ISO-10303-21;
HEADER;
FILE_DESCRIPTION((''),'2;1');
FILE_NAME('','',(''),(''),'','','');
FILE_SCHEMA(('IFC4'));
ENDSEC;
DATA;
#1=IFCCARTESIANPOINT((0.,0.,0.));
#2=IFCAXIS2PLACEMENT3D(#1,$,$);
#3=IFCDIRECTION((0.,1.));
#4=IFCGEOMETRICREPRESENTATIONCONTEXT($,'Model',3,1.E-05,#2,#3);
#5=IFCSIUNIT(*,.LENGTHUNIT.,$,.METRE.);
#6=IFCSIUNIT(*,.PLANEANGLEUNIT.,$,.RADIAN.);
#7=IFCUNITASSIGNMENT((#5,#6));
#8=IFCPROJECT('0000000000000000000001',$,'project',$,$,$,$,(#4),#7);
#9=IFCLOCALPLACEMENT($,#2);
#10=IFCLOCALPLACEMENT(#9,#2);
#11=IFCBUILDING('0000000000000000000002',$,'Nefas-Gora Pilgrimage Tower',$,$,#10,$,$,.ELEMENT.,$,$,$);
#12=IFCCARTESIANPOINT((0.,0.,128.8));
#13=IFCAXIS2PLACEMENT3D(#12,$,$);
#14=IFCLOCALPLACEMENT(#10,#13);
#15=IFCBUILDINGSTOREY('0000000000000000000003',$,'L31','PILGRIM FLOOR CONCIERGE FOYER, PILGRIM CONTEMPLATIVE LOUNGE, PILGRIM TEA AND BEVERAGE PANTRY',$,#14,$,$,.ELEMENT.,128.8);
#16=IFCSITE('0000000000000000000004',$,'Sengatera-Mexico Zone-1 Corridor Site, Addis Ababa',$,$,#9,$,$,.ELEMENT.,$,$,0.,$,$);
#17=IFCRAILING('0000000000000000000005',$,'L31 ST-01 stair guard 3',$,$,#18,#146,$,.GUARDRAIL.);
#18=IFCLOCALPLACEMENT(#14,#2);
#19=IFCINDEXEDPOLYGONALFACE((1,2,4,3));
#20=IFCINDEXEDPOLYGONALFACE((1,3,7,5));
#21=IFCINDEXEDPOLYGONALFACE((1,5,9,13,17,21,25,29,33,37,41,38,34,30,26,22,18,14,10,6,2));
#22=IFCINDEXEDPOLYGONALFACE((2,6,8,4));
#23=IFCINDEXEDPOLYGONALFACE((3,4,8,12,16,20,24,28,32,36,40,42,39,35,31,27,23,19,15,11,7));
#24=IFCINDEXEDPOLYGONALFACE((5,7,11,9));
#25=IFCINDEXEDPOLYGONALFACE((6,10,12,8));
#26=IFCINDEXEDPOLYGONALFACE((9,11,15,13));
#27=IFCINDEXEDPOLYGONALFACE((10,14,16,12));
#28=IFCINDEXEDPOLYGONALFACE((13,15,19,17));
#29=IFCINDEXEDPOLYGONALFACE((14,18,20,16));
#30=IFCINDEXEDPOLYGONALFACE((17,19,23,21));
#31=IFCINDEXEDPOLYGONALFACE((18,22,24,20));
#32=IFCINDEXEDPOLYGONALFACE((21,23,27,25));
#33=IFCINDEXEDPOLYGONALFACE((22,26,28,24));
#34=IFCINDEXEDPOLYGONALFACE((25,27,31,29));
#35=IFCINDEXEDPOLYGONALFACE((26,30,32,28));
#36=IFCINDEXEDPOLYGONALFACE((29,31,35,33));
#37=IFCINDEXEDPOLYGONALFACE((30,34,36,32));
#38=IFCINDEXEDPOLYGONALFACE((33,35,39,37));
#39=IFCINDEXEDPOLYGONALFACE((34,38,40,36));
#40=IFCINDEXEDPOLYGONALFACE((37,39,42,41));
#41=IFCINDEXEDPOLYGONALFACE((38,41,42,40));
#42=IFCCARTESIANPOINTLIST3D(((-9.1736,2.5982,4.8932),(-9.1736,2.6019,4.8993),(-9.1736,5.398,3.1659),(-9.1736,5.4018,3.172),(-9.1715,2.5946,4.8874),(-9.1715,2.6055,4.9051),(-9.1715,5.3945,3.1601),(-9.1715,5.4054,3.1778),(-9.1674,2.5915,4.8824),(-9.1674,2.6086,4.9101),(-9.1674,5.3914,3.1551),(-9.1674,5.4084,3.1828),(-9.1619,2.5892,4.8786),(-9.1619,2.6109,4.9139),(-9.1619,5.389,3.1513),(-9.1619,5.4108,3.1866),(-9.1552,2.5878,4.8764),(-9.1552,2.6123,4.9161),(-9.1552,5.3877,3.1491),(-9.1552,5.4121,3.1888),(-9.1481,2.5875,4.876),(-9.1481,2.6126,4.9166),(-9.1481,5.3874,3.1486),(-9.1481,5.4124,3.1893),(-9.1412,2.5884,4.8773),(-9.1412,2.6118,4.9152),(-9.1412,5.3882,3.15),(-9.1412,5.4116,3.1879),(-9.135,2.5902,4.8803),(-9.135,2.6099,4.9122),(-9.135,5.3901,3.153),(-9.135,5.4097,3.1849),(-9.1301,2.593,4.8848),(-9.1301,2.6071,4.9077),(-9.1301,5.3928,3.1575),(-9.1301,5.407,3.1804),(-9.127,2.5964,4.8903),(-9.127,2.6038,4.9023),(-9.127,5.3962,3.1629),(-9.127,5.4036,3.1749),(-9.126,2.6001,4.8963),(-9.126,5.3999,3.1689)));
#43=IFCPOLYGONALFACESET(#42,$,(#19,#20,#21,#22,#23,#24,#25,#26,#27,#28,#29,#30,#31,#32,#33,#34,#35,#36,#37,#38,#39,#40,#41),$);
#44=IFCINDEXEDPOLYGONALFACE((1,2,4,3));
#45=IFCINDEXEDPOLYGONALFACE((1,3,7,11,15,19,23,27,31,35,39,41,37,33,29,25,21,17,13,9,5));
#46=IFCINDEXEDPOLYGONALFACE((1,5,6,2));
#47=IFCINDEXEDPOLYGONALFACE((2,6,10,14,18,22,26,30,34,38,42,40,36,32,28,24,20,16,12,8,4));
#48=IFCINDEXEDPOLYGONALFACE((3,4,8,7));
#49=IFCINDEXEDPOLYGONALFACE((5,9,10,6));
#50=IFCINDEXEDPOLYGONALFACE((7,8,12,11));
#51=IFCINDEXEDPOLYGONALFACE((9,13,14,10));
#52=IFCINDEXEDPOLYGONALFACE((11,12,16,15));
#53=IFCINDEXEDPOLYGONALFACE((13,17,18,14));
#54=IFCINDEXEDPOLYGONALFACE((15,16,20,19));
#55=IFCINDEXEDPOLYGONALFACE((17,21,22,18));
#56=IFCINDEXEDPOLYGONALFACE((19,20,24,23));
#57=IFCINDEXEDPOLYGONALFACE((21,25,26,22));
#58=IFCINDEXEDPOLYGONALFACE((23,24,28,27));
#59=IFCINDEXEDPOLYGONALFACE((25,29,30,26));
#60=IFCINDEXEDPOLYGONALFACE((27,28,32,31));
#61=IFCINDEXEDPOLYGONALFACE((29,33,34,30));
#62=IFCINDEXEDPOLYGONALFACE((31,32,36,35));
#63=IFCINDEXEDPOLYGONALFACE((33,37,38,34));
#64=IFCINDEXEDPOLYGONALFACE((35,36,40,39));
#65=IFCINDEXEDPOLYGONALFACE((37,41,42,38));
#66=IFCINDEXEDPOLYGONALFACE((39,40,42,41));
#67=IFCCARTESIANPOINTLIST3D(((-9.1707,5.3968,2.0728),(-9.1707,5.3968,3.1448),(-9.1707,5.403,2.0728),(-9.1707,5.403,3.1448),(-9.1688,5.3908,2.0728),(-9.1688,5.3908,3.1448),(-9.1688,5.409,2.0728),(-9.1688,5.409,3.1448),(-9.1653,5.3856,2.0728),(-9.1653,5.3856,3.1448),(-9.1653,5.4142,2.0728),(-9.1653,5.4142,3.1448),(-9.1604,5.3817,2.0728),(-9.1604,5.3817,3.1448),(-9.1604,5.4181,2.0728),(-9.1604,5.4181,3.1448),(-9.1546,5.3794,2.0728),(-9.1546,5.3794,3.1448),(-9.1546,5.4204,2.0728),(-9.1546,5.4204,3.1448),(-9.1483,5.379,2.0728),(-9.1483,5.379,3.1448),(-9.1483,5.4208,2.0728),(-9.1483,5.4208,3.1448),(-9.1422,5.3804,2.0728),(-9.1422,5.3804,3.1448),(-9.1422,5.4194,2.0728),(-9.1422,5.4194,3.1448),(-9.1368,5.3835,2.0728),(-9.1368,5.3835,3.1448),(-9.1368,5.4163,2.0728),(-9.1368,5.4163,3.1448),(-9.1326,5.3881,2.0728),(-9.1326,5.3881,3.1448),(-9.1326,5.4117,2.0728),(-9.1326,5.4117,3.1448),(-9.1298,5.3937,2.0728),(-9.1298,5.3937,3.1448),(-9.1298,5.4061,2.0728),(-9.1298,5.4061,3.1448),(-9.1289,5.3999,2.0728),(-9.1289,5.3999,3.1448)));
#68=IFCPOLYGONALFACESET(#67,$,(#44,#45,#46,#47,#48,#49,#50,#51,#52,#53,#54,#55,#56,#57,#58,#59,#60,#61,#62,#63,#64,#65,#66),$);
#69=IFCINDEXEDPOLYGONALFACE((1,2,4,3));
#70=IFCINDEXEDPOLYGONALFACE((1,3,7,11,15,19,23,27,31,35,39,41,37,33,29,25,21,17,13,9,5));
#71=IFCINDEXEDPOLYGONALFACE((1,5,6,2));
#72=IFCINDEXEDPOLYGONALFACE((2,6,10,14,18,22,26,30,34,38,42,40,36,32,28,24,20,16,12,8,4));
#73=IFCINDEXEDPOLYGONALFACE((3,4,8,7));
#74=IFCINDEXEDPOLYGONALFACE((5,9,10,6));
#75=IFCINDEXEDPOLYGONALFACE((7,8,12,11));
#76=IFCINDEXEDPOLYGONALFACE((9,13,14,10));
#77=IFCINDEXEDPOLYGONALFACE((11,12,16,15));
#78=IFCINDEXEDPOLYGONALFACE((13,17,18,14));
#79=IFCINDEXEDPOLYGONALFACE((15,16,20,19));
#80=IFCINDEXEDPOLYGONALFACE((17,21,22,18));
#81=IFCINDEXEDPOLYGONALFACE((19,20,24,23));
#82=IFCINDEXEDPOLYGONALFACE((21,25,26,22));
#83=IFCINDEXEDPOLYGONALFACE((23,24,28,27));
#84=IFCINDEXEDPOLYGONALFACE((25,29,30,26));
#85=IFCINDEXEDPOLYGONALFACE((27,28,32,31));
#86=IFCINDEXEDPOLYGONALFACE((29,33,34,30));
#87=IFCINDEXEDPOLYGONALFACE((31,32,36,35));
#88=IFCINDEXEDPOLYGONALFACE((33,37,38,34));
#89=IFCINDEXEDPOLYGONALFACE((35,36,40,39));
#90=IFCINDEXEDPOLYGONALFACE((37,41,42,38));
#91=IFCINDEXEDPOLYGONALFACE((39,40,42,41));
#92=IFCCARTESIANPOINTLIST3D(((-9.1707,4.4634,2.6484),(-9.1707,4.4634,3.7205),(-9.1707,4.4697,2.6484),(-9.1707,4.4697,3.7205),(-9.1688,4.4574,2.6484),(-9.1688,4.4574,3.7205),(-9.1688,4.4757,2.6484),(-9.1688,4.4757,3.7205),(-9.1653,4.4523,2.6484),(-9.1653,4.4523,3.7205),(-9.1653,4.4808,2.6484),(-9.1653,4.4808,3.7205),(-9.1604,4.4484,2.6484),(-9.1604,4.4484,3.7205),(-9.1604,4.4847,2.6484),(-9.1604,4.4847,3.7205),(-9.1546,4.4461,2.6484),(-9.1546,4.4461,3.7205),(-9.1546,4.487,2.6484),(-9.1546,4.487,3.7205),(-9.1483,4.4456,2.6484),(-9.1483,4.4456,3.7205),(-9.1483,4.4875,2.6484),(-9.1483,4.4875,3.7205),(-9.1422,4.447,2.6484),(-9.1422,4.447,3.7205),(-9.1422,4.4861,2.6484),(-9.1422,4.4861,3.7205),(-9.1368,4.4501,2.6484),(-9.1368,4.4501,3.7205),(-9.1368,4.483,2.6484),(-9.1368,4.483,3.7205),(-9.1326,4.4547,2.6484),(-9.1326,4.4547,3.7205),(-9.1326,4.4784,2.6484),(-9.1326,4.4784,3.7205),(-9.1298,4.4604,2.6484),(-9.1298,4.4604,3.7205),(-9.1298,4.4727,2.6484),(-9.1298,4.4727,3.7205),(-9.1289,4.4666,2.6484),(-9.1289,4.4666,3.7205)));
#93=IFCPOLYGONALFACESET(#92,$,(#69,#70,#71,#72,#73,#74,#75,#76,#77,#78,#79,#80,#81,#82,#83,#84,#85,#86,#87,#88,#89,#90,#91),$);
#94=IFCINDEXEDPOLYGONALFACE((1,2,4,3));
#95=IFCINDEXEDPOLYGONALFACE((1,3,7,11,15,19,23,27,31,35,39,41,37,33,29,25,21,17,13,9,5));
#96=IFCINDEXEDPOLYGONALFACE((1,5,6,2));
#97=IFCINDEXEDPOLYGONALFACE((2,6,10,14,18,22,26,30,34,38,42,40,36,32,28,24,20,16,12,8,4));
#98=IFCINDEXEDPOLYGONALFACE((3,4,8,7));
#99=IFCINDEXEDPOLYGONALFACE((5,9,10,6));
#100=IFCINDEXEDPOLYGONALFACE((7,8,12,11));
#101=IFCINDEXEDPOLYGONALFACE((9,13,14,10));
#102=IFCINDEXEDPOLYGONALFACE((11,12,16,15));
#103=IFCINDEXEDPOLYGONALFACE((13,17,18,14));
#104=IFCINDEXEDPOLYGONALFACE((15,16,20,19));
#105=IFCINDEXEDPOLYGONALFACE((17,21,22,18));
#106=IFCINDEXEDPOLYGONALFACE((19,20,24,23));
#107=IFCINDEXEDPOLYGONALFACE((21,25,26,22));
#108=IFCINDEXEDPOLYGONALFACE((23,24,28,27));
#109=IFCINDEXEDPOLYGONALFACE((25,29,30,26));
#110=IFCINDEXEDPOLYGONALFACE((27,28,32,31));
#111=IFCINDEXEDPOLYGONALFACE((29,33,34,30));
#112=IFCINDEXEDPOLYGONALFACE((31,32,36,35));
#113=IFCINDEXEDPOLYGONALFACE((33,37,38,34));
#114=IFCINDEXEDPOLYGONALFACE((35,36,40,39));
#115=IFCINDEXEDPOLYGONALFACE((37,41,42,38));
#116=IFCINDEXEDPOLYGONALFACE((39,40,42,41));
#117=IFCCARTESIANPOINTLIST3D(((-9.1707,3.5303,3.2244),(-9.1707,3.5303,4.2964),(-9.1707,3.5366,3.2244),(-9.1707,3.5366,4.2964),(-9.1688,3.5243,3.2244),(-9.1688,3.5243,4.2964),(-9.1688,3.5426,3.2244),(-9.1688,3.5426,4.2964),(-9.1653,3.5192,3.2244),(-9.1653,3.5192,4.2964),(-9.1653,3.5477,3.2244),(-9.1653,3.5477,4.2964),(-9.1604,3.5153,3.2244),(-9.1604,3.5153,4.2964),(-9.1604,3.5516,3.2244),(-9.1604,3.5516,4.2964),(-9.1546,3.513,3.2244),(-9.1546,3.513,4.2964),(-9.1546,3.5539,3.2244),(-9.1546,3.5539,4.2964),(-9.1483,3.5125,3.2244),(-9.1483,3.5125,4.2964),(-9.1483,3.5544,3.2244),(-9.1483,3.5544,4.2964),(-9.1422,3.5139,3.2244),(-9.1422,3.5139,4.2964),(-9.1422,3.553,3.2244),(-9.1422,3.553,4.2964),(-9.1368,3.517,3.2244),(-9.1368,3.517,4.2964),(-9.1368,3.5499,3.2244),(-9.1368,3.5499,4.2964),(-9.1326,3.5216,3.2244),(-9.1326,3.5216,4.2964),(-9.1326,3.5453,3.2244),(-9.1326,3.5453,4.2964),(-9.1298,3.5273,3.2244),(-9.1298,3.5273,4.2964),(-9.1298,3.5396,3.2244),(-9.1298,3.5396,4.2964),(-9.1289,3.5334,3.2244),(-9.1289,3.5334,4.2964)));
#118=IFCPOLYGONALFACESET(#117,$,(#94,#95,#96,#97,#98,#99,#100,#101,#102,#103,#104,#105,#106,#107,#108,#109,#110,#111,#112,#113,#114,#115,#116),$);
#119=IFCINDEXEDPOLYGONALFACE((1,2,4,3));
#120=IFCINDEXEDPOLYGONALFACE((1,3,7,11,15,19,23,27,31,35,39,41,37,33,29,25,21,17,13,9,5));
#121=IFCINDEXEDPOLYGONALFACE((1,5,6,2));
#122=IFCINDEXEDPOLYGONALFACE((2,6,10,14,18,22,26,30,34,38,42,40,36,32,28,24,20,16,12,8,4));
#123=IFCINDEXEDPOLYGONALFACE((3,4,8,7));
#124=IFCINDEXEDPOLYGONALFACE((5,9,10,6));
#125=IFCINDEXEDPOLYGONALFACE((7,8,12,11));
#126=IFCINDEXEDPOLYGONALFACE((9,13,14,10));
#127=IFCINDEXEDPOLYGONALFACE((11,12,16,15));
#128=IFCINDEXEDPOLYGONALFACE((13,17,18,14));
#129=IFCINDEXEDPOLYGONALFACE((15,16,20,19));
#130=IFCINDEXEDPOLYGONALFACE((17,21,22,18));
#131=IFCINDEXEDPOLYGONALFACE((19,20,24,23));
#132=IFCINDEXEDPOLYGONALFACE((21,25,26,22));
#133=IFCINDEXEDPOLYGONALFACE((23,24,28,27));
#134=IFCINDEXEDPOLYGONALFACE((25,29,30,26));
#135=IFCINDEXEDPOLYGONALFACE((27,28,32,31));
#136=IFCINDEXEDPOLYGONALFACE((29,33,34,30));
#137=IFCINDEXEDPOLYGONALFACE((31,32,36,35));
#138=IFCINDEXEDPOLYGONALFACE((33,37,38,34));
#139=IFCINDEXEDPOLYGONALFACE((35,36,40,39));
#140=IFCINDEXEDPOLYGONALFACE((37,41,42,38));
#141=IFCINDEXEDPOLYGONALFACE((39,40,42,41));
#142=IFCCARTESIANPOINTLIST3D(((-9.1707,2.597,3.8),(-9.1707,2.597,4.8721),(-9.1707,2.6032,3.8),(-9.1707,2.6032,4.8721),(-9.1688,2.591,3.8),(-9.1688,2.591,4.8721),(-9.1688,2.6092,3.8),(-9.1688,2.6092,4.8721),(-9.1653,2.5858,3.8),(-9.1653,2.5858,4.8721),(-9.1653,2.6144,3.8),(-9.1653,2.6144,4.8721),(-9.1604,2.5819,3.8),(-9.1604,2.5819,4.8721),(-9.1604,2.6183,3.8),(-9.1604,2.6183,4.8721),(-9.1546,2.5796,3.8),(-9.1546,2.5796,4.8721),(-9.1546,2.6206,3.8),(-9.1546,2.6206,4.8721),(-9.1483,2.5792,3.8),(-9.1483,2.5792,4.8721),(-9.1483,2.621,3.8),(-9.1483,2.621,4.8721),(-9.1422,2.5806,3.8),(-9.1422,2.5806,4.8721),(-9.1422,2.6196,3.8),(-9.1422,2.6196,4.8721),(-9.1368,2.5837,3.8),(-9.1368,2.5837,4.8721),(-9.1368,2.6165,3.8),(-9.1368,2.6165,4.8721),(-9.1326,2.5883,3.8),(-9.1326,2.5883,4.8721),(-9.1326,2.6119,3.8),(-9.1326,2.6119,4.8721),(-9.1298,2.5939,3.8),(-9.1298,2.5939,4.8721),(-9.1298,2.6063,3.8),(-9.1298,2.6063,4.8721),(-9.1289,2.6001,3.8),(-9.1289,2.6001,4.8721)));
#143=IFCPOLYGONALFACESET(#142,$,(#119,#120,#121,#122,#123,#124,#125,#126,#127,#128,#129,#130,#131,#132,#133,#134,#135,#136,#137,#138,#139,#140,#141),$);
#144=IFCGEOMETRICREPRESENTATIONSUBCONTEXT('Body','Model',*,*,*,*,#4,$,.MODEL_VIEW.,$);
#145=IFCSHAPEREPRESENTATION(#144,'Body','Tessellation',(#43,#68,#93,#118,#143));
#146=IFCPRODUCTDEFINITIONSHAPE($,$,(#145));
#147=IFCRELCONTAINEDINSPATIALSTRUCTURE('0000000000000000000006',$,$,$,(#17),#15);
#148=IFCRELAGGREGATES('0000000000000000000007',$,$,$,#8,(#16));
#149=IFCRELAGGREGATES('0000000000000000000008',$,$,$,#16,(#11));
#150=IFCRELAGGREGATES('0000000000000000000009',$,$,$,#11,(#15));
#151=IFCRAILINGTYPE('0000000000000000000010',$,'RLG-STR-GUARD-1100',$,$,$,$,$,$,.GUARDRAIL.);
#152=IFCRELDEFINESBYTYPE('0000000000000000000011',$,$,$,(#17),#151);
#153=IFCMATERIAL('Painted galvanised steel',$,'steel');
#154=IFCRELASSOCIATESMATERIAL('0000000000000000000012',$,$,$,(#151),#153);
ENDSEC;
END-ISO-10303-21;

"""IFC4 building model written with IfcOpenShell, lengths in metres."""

from ifc_helpers import new_model, si_unit, direction, frame, origin, origin_2d, place, context, subcontext, project, spatial, circle, extrude, material, type_object, element, save


model = new_model("IFC4")

# Units and contexts
model_context = context("Model", 3, precision=1e-05, world=origin(), true_north=direction((0.0, 1.0)))
body_context = subcontext(model_context, "Body", "Model", "MODEL_VIEW")
ifc_project = project(units=[si_unit("LENGTHUNIT", "METRE"), si_unit("PLANEANGLEUNIT", "RADIAN")], contexts=[model_context])

# Site, building, storey
site_placement = place(None, origin())
site = spatial("IfcSite", under=ifc_project, at=site_placement, Name="Sengatera-Mexico Zone-1 Corridor Site, Addis Ababa", CompositionType="ELEMENT", RefElevation=0.0)
building_placement = place(site_placement, origin())
building = spatial("IfcBuilding", under=site, at=building_placement, Name="Nefas-Gora Pilgrimage Tower", CompositionType="ELEMENT")
storey_placement = place(building_placement, frame((0.0, 0.0, 128.8)))
storey = spatial("IfcBuildingStorey", under=building, at=storey_placement, Name="L31", Description="PILGRIM FLOOR CONCIERGE FOYER, PILGRIM CONTEMPLATIVE LOUNGE, PILGRIM TEA AND BEVERAGE PANTRY", CompositionType="ELEMENT", Elevation=128.8)

# Railing
ifc_material_1 = material(Name="Painted galvanised steel", Category="steel")
railing_type_1 = type_object("IfcRailingType", Name="RLG-STR-GUARD-1100", PredefinedType="GUARDRAIL", material=ifc_material_1)
railing_1_placement = place(storey_placement, frame((-9.1499, 5.3999, 2.0728)))
element("IfcRailing", 1, at=railing_1_placement, inside=storey, type_object=railing_type_1, Name="L31 ST-01 stair guard 3", PredefinedType="GUARDRAIL", context=body_context, shape_type="SweptSolid", body=[
    extrude(circle(Radius=0.0239, at=origin_2d()), frame((0.0, 0.0, 1.0962), z_axis=(0.0, -0.851069, 0.525054), x_axis=(1.0, 0.0, 0.0)), (0.0, 0.0, 1.0), 3.2898),
    extrude(circle(Radius=0.021, at=origin_2d()), origin(), (0.0, 0.0, 1.0), 1.072),
    extrude(circle(Radius=0.021, at=origin_2d()), frame((0.0, -0.9333, 0.5757)), (0.0, 0.0, 1.0), 1.072),
    extrude(circle(Radius=0.021, at=origin_2d()), frame((0.0, -1.8665, 1.1516)), (0.0, 0.0, 1.0), 1.072),
    extrude(circle(Radius=0.021, at=origin_2d()), frame((0.0, -2.7998, 1.7273)), (0.0, 0.0, 1.0), 1.072),
])

save(model, "model.ifc")
